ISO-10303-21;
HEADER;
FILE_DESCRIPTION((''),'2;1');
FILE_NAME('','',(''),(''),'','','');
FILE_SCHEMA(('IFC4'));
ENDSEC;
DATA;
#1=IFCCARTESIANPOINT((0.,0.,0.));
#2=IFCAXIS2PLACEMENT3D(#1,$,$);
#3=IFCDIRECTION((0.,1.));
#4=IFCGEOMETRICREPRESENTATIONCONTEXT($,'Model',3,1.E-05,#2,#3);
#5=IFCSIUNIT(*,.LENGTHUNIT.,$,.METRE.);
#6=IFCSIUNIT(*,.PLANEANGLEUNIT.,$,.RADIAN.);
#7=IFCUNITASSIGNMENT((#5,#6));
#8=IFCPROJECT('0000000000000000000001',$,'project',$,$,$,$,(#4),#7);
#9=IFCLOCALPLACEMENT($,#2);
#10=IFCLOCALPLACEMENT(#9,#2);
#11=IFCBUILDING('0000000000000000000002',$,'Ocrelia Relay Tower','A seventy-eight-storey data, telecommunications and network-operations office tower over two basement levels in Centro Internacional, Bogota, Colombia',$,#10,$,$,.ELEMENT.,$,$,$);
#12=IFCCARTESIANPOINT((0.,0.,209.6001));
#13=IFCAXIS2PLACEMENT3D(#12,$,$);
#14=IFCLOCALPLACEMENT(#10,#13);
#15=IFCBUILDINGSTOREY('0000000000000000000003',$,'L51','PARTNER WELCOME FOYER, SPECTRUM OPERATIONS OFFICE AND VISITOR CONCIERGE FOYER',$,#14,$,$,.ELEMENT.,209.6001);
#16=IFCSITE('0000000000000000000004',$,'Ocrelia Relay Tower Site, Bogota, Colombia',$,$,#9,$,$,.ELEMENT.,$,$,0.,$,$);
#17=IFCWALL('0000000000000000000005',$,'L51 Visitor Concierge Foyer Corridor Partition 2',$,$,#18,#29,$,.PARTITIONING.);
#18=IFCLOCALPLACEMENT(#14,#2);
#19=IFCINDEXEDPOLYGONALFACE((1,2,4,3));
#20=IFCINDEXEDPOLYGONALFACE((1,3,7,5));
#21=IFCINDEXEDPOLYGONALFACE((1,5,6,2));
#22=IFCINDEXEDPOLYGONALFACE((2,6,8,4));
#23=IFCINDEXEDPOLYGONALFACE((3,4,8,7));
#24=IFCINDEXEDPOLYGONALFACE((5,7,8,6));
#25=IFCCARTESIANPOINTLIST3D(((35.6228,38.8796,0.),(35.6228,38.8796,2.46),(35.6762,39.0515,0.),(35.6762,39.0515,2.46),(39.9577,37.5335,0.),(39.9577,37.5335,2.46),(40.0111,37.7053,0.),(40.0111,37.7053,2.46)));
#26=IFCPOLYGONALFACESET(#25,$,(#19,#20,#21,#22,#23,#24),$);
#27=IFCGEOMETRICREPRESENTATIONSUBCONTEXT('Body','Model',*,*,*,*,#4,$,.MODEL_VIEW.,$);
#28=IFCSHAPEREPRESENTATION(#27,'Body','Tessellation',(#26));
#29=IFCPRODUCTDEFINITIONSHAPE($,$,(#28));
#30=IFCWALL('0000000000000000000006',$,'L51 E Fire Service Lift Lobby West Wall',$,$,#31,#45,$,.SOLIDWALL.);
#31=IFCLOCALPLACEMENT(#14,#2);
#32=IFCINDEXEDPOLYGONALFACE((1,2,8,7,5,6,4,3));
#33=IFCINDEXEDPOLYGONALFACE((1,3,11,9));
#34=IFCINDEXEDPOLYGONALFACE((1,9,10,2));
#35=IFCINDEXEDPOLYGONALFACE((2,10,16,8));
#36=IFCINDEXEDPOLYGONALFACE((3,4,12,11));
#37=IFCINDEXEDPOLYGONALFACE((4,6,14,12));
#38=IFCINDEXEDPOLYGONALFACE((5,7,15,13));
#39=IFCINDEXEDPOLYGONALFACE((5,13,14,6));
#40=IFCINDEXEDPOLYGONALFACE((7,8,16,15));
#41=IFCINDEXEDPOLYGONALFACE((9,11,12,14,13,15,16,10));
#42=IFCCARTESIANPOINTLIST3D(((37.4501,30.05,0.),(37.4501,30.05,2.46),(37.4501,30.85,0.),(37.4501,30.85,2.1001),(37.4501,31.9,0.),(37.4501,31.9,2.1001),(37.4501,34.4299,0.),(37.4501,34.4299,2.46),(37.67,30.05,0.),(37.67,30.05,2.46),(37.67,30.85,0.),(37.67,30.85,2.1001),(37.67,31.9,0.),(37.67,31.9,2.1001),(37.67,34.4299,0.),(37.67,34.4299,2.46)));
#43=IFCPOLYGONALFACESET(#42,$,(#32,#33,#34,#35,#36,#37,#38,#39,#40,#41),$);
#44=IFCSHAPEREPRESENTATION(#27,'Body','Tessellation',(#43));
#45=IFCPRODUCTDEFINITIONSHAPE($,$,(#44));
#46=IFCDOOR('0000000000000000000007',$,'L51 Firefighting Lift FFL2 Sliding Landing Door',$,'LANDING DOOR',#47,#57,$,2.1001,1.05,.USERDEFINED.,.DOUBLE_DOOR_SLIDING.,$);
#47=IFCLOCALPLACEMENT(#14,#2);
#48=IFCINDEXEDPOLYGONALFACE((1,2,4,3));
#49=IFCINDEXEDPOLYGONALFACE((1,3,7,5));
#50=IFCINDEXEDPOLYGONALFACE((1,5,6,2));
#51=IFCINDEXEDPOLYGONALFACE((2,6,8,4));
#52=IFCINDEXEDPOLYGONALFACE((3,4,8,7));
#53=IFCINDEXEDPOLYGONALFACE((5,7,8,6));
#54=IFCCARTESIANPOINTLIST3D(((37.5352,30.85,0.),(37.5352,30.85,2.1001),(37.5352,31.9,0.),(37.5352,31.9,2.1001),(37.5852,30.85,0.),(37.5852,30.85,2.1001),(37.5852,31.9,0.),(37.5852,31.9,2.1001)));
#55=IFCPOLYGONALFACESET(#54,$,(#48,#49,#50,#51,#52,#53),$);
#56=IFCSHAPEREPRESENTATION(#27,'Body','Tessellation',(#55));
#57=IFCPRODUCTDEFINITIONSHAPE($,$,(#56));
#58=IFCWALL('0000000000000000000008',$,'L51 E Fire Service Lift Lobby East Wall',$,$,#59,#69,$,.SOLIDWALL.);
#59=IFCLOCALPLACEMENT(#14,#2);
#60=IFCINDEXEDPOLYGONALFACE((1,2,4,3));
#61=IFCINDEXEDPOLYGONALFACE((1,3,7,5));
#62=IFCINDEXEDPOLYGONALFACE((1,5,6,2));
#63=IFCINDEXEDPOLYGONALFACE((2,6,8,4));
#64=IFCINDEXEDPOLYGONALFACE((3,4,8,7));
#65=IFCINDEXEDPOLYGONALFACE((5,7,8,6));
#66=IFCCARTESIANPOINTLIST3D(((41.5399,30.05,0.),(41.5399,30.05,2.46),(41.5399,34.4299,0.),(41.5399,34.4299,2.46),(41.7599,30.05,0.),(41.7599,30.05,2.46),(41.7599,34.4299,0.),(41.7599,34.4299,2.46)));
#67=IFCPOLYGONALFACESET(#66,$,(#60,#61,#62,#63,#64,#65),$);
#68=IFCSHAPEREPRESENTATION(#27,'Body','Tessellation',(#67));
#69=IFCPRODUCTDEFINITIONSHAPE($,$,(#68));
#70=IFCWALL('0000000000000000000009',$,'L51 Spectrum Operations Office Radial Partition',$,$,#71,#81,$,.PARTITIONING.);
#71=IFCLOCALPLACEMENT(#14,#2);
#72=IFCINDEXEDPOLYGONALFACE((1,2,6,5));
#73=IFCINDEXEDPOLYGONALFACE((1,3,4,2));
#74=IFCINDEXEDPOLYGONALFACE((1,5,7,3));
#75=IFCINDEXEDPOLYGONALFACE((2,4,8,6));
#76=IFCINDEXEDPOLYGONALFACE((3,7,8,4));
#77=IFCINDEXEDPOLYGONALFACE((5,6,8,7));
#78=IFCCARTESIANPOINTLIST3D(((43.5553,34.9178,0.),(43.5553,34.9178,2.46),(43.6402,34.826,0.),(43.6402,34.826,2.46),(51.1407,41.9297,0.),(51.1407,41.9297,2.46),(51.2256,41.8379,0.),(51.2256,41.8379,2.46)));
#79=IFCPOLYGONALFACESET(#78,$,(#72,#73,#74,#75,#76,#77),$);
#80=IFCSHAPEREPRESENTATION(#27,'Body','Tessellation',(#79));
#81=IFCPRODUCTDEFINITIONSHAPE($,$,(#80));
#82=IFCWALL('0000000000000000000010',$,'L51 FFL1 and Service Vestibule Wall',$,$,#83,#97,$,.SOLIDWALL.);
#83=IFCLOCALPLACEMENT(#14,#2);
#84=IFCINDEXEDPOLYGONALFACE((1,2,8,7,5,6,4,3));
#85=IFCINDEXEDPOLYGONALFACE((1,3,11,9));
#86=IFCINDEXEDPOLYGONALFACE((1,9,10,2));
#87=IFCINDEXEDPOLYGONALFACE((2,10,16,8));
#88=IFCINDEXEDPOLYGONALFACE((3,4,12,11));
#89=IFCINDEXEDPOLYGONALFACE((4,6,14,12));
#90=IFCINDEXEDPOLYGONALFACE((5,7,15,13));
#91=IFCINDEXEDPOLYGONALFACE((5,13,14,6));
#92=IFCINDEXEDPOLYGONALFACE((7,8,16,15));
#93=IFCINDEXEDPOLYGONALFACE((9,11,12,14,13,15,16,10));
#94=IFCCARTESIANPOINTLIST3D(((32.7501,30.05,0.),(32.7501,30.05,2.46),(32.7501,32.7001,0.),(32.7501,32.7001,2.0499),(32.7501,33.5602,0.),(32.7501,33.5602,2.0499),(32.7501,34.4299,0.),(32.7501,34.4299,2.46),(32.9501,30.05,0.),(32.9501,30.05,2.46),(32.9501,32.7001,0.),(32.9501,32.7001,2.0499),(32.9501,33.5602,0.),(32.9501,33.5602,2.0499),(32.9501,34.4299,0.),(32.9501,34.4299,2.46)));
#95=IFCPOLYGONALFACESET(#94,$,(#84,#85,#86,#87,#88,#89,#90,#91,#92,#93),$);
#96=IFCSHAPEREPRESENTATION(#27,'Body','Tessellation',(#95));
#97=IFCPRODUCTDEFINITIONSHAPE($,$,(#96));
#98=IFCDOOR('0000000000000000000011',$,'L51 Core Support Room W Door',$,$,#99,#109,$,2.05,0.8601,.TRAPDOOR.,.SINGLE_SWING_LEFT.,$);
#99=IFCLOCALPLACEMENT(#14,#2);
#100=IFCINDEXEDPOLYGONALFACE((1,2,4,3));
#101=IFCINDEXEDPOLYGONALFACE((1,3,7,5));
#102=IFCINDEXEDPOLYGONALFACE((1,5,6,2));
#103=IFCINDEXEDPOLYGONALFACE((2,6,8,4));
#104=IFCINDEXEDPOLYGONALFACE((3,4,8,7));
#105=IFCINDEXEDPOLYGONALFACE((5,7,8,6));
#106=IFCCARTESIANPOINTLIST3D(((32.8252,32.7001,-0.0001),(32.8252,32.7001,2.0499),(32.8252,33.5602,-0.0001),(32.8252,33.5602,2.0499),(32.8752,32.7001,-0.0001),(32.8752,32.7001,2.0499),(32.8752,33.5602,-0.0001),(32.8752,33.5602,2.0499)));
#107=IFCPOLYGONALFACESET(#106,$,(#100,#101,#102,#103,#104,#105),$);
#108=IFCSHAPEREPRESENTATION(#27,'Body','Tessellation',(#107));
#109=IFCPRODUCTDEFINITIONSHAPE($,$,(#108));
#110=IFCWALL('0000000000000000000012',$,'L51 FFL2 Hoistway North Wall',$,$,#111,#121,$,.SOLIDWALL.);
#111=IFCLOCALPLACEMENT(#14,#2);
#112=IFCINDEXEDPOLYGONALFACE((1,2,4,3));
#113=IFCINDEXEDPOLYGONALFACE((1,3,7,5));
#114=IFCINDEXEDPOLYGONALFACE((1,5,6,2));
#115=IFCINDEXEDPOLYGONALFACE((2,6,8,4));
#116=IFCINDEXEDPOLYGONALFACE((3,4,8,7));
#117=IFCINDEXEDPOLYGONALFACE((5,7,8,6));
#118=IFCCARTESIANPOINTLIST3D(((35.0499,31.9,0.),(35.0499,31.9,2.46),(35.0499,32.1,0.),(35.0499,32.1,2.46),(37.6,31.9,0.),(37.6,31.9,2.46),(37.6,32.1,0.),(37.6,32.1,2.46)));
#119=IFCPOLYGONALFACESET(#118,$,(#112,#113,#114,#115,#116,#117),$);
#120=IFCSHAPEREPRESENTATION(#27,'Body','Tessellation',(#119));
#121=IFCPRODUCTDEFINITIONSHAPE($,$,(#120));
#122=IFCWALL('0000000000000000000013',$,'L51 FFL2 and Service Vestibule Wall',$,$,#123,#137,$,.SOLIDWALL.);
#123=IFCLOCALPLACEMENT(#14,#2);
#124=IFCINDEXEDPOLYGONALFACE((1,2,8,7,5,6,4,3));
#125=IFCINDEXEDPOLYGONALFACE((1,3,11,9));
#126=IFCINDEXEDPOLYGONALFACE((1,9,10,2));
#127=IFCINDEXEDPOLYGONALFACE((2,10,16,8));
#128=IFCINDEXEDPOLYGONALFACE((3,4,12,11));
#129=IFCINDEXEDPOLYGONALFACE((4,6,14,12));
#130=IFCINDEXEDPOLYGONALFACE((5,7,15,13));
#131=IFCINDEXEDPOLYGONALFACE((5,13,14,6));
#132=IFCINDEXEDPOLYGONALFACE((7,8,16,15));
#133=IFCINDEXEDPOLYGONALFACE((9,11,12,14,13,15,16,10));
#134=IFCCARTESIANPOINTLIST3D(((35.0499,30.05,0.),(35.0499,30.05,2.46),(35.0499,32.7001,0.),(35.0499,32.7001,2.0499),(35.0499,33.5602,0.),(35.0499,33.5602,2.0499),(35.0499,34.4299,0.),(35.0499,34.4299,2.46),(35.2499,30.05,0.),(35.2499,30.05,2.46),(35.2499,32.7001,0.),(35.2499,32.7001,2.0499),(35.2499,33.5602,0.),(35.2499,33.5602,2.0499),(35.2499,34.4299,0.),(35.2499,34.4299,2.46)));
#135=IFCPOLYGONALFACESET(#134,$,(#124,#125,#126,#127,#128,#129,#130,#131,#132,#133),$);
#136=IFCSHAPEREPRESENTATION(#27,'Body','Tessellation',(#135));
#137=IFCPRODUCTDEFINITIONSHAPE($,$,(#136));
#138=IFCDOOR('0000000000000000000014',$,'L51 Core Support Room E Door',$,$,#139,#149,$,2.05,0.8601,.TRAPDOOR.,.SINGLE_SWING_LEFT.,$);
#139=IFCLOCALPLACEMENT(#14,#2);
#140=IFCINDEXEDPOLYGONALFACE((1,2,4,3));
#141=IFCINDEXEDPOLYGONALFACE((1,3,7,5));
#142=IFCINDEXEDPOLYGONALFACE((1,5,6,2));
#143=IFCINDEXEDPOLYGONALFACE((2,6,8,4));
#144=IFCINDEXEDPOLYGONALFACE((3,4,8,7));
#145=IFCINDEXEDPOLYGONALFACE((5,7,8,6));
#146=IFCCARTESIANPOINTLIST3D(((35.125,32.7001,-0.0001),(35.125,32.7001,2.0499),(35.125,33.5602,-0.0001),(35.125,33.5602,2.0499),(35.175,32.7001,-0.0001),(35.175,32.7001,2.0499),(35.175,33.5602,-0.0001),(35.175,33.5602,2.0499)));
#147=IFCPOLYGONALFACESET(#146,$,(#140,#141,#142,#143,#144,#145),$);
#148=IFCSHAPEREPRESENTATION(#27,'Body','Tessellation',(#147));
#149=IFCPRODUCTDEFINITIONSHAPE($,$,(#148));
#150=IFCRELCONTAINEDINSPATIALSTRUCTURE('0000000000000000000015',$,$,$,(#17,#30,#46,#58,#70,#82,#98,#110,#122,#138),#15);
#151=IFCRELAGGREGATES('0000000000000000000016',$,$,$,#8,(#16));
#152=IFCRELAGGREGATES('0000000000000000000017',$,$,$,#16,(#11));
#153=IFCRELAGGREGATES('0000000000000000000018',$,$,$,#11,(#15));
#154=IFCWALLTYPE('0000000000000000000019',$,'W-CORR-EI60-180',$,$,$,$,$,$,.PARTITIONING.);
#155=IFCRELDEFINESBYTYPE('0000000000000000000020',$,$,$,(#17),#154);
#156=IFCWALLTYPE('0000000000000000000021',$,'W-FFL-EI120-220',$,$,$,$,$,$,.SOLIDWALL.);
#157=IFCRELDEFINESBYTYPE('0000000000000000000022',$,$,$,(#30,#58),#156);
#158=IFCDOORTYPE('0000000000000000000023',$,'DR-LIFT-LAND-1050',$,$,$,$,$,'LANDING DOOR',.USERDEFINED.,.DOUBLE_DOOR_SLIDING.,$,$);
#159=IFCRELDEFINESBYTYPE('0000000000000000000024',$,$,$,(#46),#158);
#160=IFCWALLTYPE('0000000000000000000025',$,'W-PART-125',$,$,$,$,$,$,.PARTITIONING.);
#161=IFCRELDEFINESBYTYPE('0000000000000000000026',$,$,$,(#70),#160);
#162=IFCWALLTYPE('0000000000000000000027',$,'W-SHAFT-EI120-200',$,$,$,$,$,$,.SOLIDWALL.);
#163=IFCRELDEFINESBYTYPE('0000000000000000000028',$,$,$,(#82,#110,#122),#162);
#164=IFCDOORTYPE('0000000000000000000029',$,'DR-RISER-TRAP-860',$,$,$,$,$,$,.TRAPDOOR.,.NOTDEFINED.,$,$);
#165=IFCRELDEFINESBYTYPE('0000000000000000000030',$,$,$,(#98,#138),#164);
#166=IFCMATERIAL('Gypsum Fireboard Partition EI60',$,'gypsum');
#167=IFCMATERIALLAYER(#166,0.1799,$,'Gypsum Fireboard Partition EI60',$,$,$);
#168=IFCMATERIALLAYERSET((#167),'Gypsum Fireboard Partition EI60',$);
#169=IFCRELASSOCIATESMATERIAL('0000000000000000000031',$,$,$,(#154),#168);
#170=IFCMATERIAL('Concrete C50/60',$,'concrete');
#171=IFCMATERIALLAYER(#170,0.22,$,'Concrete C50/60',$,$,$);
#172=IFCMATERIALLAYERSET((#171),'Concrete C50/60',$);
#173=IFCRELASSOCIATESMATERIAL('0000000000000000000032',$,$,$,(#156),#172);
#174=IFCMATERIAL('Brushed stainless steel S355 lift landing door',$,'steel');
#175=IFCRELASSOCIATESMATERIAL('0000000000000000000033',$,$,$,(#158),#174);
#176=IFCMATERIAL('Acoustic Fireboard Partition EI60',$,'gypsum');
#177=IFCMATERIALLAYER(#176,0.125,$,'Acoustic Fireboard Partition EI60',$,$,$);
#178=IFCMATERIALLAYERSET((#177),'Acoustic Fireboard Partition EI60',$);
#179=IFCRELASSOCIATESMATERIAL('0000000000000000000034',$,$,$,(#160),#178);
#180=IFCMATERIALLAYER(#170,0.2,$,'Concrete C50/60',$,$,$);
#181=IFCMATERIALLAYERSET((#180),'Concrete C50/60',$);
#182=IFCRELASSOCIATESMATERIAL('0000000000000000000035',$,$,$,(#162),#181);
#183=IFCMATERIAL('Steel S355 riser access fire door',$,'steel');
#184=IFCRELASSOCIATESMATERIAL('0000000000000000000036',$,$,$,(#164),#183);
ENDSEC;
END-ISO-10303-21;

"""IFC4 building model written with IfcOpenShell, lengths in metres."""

from ifc_helpers import new_model, si_unit, direction, frame, frame_2d, origin, place, context, subcontext, project, spatial, rectangle, extrude, material, layer, layer_set, type_object, element, fill, save


model = new_model("IFC4")

# Units and contexts
model_context = context("Model", 3, precision=1e-05, world=origin(), true_north=direction((0.0, 1.0)))
body_context = subcontext(model_context, "Body", "Model", "MODEL_VIEW")
ifc_project = project(units=[si_unit("LENGTHUNIT", "METRE"), si_unit("PLANEANGLEUNIT", "RADIAN")], contexts=[model_context])

# Site, building, storey
site_placement = place(None, origin())
site = spatial("IfcSite", under=ifc_project, at=site_placement, Name="Ocrelia Relay Tower Site, Bogota, Colombia", CompositionType="ELEMENT", RefElevation=0.0)
building_placement = place(site_placement, origin())
building = spatial("IfcBuilding", under=site, at=building_placement, Name="Ocrelia Relay Tower", Description="A seventy-eight-storey data, telecommunications and network-operations office tower over two basement levels in Centro Internacional, Bogota, Colombia", CompositionType="ELEMENT")
storey_placement = place(building_placement, frame((0.0, 0.0, 209.6001)))
storey = spatial("IfcBuildingStorey", under=building, at=storey_placement, Name="L51", Description="PARTNER WELCOME FOYER, SPECTRUM OPERATIONS OFFICE AND VISITOR CONCIERGE FOYER", CompositionType="ELEMENT", Elevation=209.6001)

# Shared definitions
ifc_material_1 = material(Name="Gypsum Fireboard Partition EI60", Category="gypsum")
ifc_layer_1 = layer(ifc_material_1, 0.1799, Name="Gypsum Fireboard Partition EI60")
ifc_layer_set_1 = layer_set([ifc_layer_1], Name="Gypsum Fireboard Partition EI60")
wall_type_1 = type_object("IfcWallType", Name="W-CORR-EI60-180", PredefinedType="PARTITIONING", material=ifc_layer_set_1)

# Wall
wall_1_placement = place(storey_placement, frame((39.9844, 37.6194, 0.0), z_axis=(0.0, 0.0, 1.0), x_axis=(-0.955011, 0.296572, 0.0)))
element("IfcWall", 1, at=wall_1_placement, inside=storey, type_object=wall_type_1, Name="L51 Visitor Concierge Foyer Corridor Partition 2", PredefinedType="PARTITIONING", context=body_context, shape_type="SweptSolid", body=[
    extrude(rectangle(XDim=4.5391, YDim=0.1799, at=frame_2d((2.2695, 0.0))), origin(), (0.0, 0.0, 1.0), 2.46),
])

# Wall, opening, door
ifc_material_2 = material(Name="Concrete C50/60", Category="concrete")
ifc_layer_2 = layer(ifc_material_2, 0.22, Name="Concrete C50/60")
ifc_layer_set_2 = layer_set([ifc_layer_2], Name="Concrete C50/60")
wall_type_2 = type_object("IfcWallType", Name="W-FFL-EI120-220", PredefinedType="SOLIDWALL", material=ifc_layer_set_2)
wall_2_placement = place(storey_placement, frame((37.5601, 30.05, 0.0), z_axis=(0.0, 0.0, 1.0), x_axis=(0.0, 1.0, 0.0)))
wall_2 = element("IfcWall", 2, at=wall_2_placement, inside=storey, type_object=wall_type_2, Name="L51 E Fire Service Lift Lobby West Wall", PredefinedType="SOLIDWALL", context=body_context, shape_type="SweptSolid", body=[
    extrude(rectangle(XDim=4.3799, YDim=0.22, at=frame_2d((2.1899, 0.0))), origin(), (0.0, 0.0, 1.0), 2.46),
])
opening_1_placement = place(wall_2_placement, frame((0.8, 0.0, 0.0)))
opening_1 = element("IfcOpeningElement", 3, at=opening_1_placement, cuts=wall_2, PredefinedType="OPENING", context=body_context, shape_type="SweptSolid", body=[
    extrude(rectangle(XDim=1.05, YDim=2.1001, at=frame_2d((0.5249, 1.05))), frame((0.0, 0.1201, 0.0), z_axis=(0.0, -1.0, 0.0), x_axis=(1.0, 0.0, 0.0)), (0.0, 0.0, 1.0), 0.24),
])
ifc_material_3 = material(Name="Brushed stainless steel S355 lift landing door", Category="steel")
door_type_1 = type_object("IfcDoorType", Name="DR-LIFT-LAND-1050", ElementType="LANDING DOOR", OperationType="DOUBLE_DOOR_SLIDING", PredefinedType="USERDEFINED", material=ifc_material_3)
door_1_placement = place(opening_1_placement, origin())
door_1 = element("IfcDoor", 4, at=door_1_placement, inside=storey, type_object=door_type_1, Name="L51 Firefighting Lift FFL2 Sliding Landing Door", ObjectType="LANDING DOOR", OperationType="DOUBLE_DOOR_SLIDING", OverallHeight=2.1001, OverallWidth=1.05, PredefinedType="USERDEFINED", context=body_context, shape_type="SweptSolid", body=[
    extrude(rectangle(XDim=1.05, YDim=2.1001, at=frame_2d((0.5249, 1.05))), frame((0.0, 0.0249, 0.0), z_axis=(0.0, -1.0, 0.0), x_axis=(1.0, 0.0, 0.0)), (0.0, 0.0, 1.0), 0.05),
])
fill(opening_1, door_1)

# Wall
wall_3_placement = place(storey_placement, frame((41.6499, 30.05, 0.0), z_axis=(0.0, 0.0, 1.0), x_axis=(0.0, 1.0, 0.0)))
element("IfcWall", 5, at=wall_3_placement, inside=storey, type_object=wall_type_2, Name="L51 E Fire Service Lift Lobby East Wall", PredefinedType="SOLIDWALL", context=body_context, shape_type="SweptSolid", body=[
    extrude(rectangle(XDim=4.3799, YDim=0.22, at=frame_2d((2.1899, 0.0))), origin(), (0.0, 0.0, 1.0), 2.46),
])

# Wall
ifc_material_4 = material(Name="Acoustic Fireboard Partition EI60", Category="gypsum")
ifc_layer_3 = layer(ifc_material_4, 0.125, Name="Acoustic Fireboard Partition EI60")
ifc_layer_set_3 = layer_set([ifc_layer_3], Name="Acoustic Fireboard Partition EI60")
wall_type_3 = type_object("IfcWallType", Name="W-PART-125", PredefinedType="PARTITIONING", material=ifc_layer_set_3)
wall_4_placement = place(storey_placement, frame((43.5977, 34.8718, 0.0), z_axis=(0.0, 0.0, 1.0), x_axis=(0.73432, 0.678803, 0.0)))
element("IfcWall", 6, at=wall_4_placement, inside=storey, type_object=wall_type_3, Name="L51 Spectrum Operations Office Radial Partition", PredefinedType="PARTITIONING", context=body_context, shape_type="SweptSolid", body=[
    extrude(rectangle(XDim=10.3298, YDim=0.125, at=frame_2d((5.165, 0.0))), origin(), (0.0, 0.0, 1.0), 2.46),
])

# Wall, opening, door
ifc_layer_4 = layer(ifc_material_2, 0.2, Name="Concrete C50/60")
ifc_layer_set_4 = layer_set([ifc_layer_4], Name="Concrete C50/60")
wall_type_4 = type_object("IfcWallType", Name="W-SHAFT-EI120-200", PredefinedType="SOLIDWALL", material=ifc_layer_set_4)
wall_5_placement = place(storey_placement, frame((32.8501, 30.05, 0.0), z_axis=(0.0, 0.0, 1.0), x_axis=(0.0, 1.0, 0.0)))
wall_5 = element("IfcWall", 7, at=wall_5_placement, inside=storey, type_object=wall_type_4, Name="L51 FFL1 and Service Vestibule Wall", PredefinedType="SOLIDWALL", context=body_context, shape_type="SweptSolid", body=[
    extrude(rectangle(XDim=4.3799, YDim=0.2, at=frame_2d((2.1899, 0.0))), origin(), (0.0, 0.0, 1.0), 2.46),
])
opening_2_placement = place(wall_5_placement, frame((2.6499, 0.0, 0.0)))
opening_2 = element("IfcOpeningElement", 8, at=opening_2_placement, cuts=wall_5, PredefinedType="OPENING", context=body_context, shape_type="SweptSolid", body=[
    extrude(rectangle(XDim=0.8601, YDim=2.05, at=frame_2d((0.4302, 1.0249))), frame((0.0, 0.1099, 0.0), z_axis=(0.0, -1.0, 0.0), x_axis=(1.0, 0.0, 0.0)), (0.0, 0.0, 1.0), 0.22),
])
ifc_material_5 = material(Name="Steel S355 riser access fire door", Category="steel")
door_type_2 = type_object("IfcDoorType", Name="DR-RISER-TRAP-860", OperationType="NOTDEFINED", PredefinedType="TRAPDOOR", material=ifc_material_5)
door_2_placement = place(opening_2_placement, origin())
door_2 = element("IfcDoor", 9, at=door_2_placement, inside=storey, type_object=door_type_2, Name="L51 Core Support Room W Door", OperationType="SINGLE_SWING_LEFT", OverallHeight=2.05, OverallWidth=0.8601, PredefinedType="TRAPDOOR", context=body_context, shape_type="SweptSolid", body=[
    extrude(rectangle(XDim=0.8601, YDim=2.05, at=frame_2d((0.4302, 1.0249))), frame((0.0, 0.0249, 0.0), z_axis=(0.0, -1.0, 0.0), x_axis=(1.0, 0.0, 0.0)), (0.0, 0.0, 1.0), 0.05),
])
fill(opening_2, door_2)

# Wall
wall_6_placement = place(storey_placement, frame((35.05, 32.0, 0.0), z_axis=(0.0, 0.0, 1.0), x_axis=(1.0, 0.0, 0.0)))
element("IfcWall", 10, at=wall_6_placement, inside=storey, type_object=wall_type_4, Name="L51 FFL2 Hoistway North Wall", PredefinedType="SOLIDWALL", context=body_context, shape_type="SweptSolid", body=[
    extrude(rectangle(XDim=2.55, YDim=0.2, at=frame_2d((1.2749, 0.0))), origin(), (0.0, 0.0, 1.0), 2.46),
])

# Wall, opening, door
wall_7_placement = place(storey_placement, frame((35.1499, 30.05, 0.0), z_axis=(0.0, 0.0, 1.0), x_axis=(0.0, 1.0, 0.0)))
wall_7 = element("IfcWall", 11, at=wall_7_placement, inside=storey, type_object=wall_type_4, Name="L51 FFL2 and Service Vestibule Wall", PredefinedType="SOLIDWALL", context=body_context, shape_type="SweptSolid", body=[
    extrude(rectangle(XDim=4.3799, YDim=0.2, at=frame_2d((2.1899, 0.0))), origin(), (0.0, 0.0, 1.0), 2.46),
])
opening_3_placement = place(wall_7_placement, frame((2.6499, 0.0, 0.0)))
opening_3 = element("IfcOpeningElement", 12, at=opening_3_placement, cuts=wall_7, PredefinedType="OPENING", context=body_context, shape_type="SweptSolid", body=[
    extrude(rectangle(XDim=0.8601, YDim=2.05, at=frame_2d((0.4302, 1.0249))), frame((0.0, 0.1099, 0.0), z_axis=(0.0, -1.0, 0.0), x_axis=(1.0, 0.0, 0.0)), (0.0, 0.0, 1.0), 0.22),
])
door_3_placement = place(opening_3_placement, origin())
door_3 = element("IfcDoor", 13, at=door_3_placement, inside=storey, type_object=door_type_2, Name="L51 Core Support Room E Door", OperationType="SINGLE_SWING_LEFT", OverallHeight=2.05, OverallWidth=0.8601, PredefinedType="TRAPDOOR", context=body_context, shape_type="SweptSolid", body=[
    extrude(rectangle(XDim=0.8601, YDim=2.05, at=frame_2d((0.4302, 1.0249))), frame((0.0, 0.0249, 0.0), z_axis=(0.0, -1.0, 0.0), x_axis=(1.0, 0.0, 0.0)), (0.0, 0.0, 1.0), 0.05),
])
fill(opening_3, door_3)

save(model, "model.ifc")
